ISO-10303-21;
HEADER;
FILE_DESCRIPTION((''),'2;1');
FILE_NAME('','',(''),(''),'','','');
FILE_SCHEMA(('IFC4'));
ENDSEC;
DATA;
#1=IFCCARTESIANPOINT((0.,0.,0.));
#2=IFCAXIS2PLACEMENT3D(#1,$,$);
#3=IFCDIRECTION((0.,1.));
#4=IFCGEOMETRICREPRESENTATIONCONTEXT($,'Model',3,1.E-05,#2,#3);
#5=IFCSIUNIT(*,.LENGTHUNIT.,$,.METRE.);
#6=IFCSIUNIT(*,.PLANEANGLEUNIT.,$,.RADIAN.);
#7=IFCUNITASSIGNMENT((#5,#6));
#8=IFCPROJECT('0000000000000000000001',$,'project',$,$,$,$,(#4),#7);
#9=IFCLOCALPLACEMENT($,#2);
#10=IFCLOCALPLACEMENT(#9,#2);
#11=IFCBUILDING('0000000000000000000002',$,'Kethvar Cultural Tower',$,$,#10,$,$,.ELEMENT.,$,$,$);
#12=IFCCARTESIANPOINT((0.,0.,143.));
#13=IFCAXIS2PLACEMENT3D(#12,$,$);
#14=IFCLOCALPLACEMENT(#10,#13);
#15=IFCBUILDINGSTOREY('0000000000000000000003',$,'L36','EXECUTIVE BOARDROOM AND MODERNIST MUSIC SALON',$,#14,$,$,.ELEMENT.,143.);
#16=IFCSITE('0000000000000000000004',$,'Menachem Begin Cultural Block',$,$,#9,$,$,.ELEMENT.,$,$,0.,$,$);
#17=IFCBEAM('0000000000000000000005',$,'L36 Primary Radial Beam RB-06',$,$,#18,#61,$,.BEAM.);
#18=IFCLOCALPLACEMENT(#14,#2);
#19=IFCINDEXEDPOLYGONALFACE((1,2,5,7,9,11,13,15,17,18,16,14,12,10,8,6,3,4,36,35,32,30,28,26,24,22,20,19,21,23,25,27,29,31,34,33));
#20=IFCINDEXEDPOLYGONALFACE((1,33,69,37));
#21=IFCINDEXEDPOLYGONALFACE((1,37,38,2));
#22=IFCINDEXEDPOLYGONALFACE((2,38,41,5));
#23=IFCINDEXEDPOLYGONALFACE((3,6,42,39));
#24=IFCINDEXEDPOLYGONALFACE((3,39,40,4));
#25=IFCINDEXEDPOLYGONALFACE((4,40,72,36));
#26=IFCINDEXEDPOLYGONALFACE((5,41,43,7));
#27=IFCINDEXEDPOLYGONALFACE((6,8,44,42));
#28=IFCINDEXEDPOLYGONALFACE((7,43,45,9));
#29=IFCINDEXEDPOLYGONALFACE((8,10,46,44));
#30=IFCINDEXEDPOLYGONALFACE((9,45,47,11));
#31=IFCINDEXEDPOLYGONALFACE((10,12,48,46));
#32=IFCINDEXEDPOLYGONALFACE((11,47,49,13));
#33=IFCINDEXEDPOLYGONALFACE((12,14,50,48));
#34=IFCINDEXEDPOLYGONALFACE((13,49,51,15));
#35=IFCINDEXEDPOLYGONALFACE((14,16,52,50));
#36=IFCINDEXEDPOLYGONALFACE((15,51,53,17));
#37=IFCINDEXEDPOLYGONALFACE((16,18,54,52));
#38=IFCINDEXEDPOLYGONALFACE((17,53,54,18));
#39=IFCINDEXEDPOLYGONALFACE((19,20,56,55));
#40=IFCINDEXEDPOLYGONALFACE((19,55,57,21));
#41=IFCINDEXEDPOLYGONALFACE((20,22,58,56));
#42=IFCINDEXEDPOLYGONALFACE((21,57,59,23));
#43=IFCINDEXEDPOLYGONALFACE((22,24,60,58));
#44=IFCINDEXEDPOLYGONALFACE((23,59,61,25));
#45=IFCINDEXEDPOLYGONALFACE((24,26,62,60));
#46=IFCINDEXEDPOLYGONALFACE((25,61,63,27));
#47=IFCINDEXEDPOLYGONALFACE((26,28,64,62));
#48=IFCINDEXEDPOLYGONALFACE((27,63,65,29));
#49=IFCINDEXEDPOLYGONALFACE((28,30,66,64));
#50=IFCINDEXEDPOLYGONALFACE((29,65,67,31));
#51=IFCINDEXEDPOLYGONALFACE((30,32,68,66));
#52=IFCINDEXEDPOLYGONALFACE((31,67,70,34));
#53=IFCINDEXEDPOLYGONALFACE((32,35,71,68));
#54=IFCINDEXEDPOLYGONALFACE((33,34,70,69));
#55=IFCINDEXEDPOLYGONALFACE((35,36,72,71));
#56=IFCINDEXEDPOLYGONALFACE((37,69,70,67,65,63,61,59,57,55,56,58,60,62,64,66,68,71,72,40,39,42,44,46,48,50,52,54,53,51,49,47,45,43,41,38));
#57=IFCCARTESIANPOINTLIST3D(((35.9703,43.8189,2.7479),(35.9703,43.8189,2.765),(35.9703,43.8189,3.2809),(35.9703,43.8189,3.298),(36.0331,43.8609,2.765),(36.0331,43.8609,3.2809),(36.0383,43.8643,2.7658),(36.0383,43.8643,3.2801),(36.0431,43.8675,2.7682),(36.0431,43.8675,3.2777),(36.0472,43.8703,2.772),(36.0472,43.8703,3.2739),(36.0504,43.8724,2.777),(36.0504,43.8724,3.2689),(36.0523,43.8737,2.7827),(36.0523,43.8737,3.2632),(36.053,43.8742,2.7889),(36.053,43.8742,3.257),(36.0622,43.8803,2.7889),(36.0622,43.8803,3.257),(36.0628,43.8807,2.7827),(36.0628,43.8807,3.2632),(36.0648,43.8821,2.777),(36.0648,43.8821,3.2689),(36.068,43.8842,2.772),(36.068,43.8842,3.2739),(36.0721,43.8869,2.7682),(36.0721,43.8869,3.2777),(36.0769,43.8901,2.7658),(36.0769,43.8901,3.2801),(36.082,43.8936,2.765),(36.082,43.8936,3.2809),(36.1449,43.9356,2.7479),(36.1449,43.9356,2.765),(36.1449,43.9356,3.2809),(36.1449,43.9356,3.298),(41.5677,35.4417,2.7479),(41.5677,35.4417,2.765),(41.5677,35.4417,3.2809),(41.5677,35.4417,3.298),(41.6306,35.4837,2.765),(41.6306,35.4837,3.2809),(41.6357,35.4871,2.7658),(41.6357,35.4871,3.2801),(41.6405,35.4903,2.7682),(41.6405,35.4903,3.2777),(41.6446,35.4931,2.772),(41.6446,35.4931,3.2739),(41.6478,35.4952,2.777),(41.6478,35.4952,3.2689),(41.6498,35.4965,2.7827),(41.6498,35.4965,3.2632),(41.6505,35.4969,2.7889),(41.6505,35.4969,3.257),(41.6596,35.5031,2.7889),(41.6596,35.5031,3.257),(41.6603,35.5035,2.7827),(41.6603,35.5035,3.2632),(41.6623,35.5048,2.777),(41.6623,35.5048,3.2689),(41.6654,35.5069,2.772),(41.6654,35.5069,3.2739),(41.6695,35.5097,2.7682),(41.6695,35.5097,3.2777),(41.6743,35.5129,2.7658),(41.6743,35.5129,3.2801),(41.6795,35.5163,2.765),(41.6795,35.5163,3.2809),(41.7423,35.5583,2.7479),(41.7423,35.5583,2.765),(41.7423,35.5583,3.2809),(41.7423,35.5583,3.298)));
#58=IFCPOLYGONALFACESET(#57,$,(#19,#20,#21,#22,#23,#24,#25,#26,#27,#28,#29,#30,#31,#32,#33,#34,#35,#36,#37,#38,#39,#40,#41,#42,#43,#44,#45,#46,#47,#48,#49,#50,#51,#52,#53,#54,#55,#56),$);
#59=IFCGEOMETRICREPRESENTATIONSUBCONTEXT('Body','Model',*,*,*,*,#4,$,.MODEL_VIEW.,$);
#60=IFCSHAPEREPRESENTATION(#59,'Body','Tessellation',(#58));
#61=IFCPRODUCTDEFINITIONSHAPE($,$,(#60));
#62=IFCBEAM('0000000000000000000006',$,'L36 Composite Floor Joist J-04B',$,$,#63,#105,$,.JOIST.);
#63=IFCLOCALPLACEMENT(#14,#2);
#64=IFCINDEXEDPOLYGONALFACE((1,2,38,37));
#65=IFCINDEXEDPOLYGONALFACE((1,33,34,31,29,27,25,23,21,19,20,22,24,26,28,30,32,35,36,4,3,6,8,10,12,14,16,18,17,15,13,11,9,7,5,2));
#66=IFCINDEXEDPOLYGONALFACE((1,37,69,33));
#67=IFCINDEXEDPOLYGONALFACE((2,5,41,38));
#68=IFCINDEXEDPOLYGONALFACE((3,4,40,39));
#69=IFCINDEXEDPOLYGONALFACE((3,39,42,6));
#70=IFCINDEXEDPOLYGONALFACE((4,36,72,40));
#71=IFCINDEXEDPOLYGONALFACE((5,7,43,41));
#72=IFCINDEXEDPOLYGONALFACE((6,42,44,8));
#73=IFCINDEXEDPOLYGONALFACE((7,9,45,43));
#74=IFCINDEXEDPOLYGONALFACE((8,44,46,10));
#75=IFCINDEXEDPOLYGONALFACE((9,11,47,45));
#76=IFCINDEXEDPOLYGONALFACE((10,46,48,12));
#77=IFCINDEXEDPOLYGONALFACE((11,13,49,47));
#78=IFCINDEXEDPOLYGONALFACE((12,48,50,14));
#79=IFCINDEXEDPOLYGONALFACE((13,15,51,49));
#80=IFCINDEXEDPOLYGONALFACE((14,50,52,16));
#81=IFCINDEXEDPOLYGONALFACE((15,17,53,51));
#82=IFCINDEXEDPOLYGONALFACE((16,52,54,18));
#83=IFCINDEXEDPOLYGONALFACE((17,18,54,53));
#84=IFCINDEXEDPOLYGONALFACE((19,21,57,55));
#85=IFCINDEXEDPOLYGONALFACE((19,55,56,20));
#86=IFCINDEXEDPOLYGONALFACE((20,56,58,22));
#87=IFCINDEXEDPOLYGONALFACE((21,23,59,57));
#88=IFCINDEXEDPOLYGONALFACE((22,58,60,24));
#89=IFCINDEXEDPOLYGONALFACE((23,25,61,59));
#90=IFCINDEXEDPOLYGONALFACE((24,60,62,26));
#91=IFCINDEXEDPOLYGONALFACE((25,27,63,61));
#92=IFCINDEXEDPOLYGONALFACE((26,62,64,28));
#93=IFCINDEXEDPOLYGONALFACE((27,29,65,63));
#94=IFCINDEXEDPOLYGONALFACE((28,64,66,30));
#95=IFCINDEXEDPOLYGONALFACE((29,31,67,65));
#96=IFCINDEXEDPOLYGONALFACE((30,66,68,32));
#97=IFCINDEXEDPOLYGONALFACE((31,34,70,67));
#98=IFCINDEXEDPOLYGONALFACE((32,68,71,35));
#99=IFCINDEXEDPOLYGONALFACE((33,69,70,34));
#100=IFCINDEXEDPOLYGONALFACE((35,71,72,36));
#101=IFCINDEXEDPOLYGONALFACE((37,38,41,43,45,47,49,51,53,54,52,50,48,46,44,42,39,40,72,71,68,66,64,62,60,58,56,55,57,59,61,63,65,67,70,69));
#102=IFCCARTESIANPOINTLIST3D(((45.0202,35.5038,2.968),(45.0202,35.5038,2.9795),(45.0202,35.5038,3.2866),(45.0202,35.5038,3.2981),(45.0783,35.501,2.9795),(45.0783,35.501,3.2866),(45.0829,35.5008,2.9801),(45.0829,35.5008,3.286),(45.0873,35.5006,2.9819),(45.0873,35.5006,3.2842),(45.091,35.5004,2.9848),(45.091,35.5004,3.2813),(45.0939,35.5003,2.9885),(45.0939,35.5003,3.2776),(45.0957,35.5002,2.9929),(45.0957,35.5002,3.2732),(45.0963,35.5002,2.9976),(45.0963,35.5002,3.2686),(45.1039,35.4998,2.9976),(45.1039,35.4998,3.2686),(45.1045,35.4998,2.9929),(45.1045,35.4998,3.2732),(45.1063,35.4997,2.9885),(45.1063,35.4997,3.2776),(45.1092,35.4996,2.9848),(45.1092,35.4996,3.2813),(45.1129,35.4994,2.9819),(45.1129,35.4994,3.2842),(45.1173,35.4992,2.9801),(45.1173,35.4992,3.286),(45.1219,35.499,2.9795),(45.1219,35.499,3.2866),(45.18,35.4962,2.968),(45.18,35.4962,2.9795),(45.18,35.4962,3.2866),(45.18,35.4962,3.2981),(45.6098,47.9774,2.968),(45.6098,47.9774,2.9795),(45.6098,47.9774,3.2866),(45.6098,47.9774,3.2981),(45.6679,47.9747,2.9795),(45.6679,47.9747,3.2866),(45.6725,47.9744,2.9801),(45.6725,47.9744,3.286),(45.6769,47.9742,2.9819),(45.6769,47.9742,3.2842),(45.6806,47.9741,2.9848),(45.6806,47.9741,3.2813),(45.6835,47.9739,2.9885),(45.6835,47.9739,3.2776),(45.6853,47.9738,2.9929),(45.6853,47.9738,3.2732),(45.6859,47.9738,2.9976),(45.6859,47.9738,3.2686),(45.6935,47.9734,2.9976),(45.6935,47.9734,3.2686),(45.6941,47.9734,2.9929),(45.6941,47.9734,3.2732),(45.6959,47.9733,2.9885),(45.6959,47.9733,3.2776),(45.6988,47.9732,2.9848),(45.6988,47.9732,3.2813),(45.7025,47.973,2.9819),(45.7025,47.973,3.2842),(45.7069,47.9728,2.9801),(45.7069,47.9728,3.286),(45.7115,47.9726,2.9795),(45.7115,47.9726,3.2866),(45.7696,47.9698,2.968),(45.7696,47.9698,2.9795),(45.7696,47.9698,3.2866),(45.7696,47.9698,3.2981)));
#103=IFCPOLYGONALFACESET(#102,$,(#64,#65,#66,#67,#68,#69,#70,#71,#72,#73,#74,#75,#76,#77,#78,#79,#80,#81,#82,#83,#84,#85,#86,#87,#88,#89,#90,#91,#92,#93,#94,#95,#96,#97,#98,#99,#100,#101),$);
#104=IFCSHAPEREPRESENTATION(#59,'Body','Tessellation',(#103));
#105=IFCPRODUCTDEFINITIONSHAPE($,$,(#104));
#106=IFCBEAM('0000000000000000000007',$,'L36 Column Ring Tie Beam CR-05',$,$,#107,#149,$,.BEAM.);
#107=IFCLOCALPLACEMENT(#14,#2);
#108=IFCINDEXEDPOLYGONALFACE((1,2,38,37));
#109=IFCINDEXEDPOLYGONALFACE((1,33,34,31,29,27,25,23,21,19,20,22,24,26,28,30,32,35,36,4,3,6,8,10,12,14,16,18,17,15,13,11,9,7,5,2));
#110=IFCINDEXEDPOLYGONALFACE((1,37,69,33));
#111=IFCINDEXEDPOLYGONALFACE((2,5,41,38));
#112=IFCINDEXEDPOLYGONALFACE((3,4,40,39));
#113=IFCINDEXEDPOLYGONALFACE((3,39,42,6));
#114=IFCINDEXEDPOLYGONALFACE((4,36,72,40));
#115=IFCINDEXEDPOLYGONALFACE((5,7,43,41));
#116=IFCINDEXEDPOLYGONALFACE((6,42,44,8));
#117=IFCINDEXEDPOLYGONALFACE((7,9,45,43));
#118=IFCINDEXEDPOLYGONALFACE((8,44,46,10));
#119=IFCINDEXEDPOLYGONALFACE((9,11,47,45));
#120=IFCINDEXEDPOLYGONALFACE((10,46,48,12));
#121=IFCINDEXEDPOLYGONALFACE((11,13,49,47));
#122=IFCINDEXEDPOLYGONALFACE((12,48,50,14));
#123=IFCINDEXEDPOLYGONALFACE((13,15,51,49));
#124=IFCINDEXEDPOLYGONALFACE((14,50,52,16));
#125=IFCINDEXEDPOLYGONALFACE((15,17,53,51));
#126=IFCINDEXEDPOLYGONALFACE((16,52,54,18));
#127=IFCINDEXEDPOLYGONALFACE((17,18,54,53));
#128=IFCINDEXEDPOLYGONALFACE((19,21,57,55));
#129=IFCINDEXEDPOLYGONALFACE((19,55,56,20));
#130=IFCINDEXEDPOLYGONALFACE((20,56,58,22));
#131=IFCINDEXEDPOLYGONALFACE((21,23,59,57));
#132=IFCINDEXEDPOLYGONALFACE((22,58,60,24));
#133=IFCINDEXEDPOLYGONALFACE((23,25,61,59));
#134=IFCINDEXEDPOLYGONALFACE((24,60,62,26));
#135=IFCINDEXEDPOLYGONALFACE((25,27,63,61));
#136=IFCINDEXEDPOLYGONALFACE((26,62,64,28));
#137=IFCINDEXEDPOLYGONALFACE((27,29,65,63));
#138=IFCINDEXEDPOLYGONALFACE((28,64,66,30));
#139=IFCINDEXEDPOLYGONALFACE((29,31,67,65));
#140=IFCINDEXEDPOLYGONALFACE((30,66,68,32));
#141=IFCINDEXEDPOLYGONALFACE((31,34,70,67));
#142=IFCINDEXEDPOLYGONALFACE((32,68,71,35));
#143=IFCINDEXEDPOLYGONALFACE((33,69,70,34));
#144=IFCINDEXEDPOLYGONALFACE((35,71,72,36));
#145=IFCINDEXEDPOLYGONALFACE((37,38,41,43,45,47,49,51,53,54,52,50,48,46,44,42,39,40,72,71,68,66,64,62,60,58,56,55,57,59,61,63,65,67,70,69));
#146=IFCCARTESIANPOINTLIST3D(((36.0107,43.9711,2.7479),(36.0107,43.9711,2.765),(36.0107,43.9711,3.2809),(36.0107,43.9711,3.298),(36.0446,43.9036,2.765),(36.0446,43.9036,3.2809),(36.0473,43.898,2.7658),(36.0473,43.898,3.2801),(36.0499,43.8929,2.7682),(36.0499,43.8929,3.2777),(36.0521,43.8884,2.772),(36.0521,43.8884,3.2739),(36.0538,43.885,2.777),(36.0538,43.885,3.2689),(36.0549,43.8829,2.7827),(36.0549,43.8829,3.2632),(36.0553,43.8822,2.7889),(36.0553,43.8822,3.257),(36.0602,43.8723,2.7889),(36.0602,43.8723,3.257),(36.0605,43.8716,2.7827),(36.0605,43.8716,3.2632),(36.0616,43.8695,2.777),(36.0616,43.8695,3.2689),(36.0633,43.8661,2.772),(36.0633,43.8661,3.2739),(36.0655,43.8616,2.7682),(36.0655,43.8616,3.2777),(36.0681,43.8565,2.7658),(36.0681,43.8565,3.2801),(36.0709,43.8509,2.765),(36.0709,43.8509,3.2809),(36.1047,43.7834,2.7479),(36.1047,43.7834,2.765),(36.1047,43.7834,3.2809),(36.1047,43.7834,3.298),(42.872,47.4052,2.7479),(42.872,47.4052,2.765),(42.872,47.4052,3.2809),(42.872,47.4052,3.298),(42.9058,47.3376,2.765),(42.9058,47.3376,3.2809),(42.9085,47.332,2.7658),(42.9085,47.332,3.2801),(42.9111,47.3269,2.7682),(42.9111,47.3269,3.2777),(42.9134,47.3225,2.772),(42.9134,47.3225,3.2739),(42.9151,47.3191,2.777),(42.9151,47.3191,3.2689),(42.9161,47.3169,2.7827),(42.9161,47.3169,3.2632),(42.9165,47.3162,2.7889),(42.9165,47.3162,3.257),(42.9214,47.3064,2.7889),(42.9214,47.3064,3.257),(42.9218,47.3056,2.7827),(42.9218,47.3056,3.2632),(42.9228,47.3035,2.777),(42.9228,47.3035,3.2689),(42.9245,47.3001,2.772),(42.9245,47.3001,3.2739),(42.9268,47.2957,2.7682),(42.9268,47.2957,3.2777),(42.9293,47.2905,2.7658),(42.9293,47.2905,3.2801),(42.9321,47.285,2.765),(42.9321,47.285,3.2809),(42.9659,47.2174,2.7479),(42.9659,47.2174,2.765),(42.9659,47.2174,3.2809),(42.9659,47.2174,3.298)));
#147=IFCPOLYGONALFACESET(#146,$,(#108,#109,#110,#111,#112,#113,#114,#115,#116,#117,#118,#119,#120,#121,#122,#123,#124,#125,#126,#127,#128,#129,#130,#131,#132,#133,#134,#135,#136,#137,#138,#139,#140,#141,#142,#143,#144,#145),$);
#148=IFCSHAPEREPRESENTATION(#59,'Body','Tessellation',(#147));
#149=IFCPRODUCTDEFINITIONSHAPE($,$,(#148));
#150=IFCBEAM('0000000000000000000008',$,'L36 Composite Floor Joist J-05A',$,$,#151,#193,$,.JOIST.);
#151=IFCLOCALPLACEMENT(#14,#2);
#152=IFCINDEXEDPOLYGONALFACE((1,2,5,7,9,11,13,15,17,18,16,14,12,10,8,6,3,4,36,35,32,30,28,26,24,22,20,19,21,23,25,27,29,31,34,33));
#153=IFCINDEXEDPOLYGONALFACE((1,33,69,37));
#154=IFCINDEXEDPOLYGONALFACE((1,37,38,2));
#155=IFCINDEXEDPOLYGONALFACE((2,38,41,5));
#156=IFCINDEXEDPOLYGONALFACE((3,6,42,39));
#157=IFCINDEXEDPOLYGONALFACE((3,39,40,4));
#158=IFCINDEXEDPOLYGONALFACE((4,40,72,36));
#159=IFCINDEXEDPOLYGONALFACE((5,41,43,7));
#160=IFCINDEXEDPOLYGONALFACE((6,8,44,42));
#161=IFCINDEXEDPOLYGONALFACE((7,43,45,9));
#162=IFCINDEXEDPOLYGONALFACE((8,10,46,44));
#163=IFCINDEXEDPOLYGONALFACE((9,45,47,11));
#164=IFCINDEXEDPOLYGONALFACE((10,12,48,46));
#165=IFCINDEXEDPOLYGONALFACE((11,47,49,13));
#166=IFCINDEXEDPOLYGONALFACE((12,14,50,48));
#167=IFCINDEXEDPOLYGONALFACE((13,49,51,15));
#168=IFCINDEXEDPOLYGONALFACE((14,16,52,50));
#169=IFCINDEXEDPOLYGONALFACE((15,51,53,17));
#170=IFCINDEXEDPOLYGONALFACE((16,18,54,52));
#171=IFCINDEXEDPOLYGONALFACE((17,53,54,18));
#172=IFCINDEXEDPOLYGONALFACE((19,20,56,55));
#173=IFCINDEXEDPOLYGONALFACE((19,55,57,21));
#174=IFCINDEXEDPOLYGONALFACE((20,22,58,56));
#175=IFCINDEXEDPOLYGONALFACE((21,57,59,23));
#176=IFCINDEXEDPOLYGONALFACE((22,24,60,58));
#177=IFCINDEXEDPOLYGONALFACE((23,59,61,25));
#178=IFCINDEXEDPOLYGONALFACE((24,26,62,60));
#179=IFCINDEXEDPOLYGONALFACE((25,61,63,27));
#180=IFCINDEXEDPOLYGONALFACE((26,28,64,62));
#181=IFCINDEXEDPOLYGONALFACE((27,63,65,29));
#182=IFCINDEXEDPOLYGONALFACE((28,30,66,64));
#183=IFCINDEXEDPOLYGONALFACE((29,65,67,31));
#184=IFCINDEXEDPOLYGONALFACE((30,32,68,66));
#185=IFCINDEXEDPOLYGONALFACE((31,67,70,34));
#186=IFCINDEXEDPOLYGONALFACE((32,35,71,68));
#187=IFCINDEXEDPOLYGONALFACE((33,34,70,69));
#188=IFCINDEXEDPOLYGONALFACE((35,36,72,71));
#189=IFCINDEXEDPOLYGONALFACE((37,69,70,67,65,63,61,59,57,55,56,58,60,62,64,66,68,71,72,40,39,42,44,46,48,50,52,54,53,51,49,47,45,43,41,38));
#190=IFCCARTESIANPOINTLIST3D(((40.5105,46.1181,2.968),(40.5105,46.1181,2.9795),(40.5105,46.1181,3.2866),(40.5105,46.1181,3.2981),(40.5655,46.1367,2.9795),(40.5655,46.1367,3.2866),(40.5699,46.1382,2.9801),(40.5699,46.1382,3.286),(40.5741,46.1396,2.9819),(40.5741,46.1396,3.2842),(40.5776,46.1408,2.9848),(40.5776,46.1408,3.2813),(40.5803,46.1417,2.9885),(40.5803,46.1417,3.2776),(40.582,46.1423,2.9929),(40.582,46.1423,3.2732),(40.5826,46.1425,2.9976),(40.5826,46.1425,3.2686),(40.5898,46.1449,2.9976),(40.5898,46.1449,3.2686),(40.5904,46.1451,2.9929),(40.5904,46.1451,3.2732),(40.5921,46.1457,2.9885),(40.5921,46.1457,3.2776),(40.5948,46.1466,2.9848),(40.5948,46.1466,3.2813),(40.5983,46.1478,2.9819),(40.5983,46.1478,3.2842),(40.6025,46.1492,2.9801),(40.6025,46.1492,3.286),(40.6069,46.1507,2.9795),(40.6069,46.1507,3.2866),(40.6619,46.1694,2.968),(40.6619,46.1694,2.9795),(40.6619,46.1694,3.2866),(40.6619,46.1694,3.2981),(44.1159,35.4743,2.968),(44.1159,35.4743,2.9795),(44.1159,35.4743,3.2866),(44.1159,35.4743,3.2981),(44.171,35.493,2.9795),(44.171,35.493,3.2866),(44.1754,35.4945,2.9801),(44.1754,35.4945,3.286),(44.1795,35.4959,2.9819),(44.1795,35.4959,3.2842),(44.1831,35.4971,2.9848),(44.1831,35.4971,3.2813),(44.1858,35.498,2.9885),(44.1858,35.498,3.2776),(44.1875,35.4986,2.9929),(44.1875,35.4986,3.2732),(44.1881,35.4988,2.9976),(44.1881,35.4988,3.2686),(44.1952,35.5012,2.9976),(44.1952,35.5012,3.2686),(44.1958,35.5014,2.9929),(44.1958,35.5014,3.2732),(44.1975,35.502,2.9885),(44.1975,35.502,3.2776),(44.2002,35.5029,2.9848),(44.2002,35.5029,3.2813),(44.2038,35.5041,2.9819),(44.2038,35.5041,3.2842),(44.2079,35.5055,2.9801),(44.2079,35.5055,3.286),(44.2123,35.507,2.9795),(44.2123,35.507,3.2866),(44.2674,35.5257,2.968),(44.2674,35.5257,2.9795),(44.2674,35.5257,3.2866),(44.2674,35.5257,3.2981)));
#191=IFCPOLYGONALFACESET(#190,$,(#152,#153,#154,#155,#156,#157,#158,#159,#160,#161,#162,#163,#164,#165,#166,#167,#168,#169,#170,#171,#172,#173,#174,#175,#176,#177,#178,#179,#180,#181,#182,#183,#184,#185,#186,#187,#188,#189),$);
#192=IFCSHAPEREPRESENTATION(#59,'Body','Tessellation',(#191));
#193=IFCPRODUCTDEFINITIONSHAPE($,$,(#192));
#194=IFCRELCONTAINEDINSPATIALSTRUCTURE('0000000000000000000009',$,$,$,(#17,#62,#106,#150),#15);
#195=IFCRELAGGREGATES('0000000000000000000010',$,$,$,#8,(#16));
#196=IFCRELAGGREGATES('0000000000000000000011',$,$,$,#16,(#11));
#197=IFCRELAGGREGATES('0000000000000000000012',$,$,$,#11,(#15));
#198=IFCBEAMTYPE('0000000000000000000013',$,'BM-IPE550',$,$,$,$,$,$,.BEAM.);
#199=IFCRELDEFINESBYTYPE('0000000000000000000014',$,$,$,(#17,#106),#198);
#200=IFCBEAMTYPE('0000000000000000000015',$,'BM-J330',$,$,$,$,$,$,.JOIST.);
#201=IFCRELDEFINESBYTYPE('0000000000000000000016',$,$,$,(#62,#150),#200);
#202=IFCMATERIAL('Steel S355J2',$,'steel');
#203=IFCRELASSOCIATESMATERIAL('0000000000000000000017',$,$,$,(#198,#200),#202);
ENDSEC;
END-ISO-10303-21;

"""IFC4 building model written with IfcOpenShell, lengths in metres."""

from ifc_helpers import new_model, si_unit, direction, frame, origin, origin_2d, place, context, subcontext, project, spatial, i_section, extrude, source, transform, mapped, material, material_profile, profile_set, type_object, element, save


model = new_model("IFC4")

# Units and contexts
model_context = context("Model", 3, precision=1e-05, world=origin(), true_north=direction((0.0, 1.0)))
body_context = subcontext(model_context, "Body", "Model", "MODEL_VIEW")
ifc_project = project(units=[si_unit("LENGTHUNIT", "METRE"), si_unit("PLANEANGLEUNIT", "RADIAN")], contexts=[model_context])

# Site, building, storey
site_placement = place(None, origin())
site = spatial("IfcSite", under=ifc_project, at=site_placement, Name="Menachem Begin Cultural Block", CompositionType="ELEMENT", RefElevation=0.0)
building_placement = place(site_placement, origin())
building = spatial("IfcBuilding", under=site, at=building_placement, Name="Kethvar Cultural Tower", CompositionType="ELEMENT")
storey_placement = place(building_placement, frame((0.0, 0.0, 143.0)))
storey = spatial("IfcBuildingStorey", under=building, at=storey_placement, Name="L36", Description="EXECUTIVE BOARDROOM AND MODERNIST MUSIC SALON", CompositionType="ELEMENT", Elevation=143.0)

# Beams
ifc_material_1 = material(Name="Steel S355J2", Category="steel")
ifc_material_profile_1 = material_profile(ifc_material_1, i_section(OverallWidth=0.21, OverallDepth=0.55, WebThickness=0.011, FlangeThickness=0.0171, FilletRadius=0.0239, at=origin_2d()), Name="Steel S355J2 — IPE550")
ifc_profile_set_1 = profile_set([ifc_material_profile_1], Name="Steel S355J2 — IPE550")
beam_type_1 = type_object("IfcBeamType", Name="BM-IPE550", PredefinedType="BEAM", material=ifc_profile_set_1)
shared_shape_1 = source(origin(), body_context, "Body", "SweptSolid", [
    extrude(i_section(OverallWidth=0.21, OverallDepth=0.55, WebThickness=0.011, FlangeThickness=0.0171, FilletRadius=0.0239, at=origin_2d()), origin(), (0.0, 0.0, 1.0), 10.0752),
])
beam_1_placement = place(storey_placement, frame((41.655, 35.5, 3.0229), z_axis=(-0.555567, 0.831472, 0.0), x_axis=(-0.831472, -0.555567, 0.0)))
element("IfcBeam", 1, at=beam_1_placement, inside=storey, type_object=beam_type_1, Name="L36 Primary Radial Beam RB-06", PredefinedType="BEAM", context=body_context, shape_type="MappedRepresentation", body=[
    mapped(shared_shape_1, transform((0.0, 0.0, 0.0), scale=1.0)),
])
ifc_material_profile_2 = material_profile(ifc_material_1, i_section(OverallWidth=0.1599, OverallDepth=0.3301, WebThickness=0.0076, FlangeThickness=0.0115, FilletRadius=0.0181, at=origin_2d()), Name="Steel S355J2 — IPE330")
ifc_profile_set_2 = profile_set([ifc_material_profile_2], Name="Steel S355J2 — IPE330")
beam_type_2 = type_object("IfcBeamType", Name="BM-J330", PredefinedType="JOIST", material=ifc_profile_set_2)
shared_shape_2 = source(origin(), body_context, "Body", "SweptSolid", [
    extrude(i_section(OverallWidth=0.1599, OverallDepth=0.3301, WebThickness=0.0076, FlangeThickness=0.0115, FilletRadius=0.0181, at=origin_2d()), origin(), (0.0, 0.0, 1.0), 12.4875),
])
beam_2_placement = place(storey_placement, frame((45.1001, 35.5, 3.1331), z_axis=(0.047215, 0.998885, 0.0), x_axis=(-0.998885, 0.047215, 0.0)))
element("IfcBeam", 2, at=beam_2_placement, inside=storey, type_object=beam_type_2, Name="L36 Composite Floor Joist J-04B", PredefinedType="JOIST", context=body_context, shape_type="MappedRepresentation", body=[
    mapped(shared_shape_2, transform((0.0, 0.0, 0.0), scale=1.0)),
])
shared_shape_3 = source(origin(), body_context, "Body", "SweptSolid", [
    extrude(i_section(OverallWidth=0.21, OverallDepth=0.55, WebThickness=0.011, FlangeThickness=0.0171, FilletRadius=0.0239, at=origin_2d()), origin(), (0.0, 0.0, 1.0), 7.6726),
])
beam_3_placement = place(storey_placement, frame((42.9189, 47.3113, 3.0229), z_axis=(-0.894249, -0.44757, 0.0), x_axis=(0.44757, -0.894249, 0.0)))
element("IfcBeam", 3, at=beam_3_placement, inside=storey, type_object=beam_type_1, Name="L36 Column Ring Tie Beam CR-05", PredefinedType="BEAM", context=body_context, shape_type="MappedRepresentation", body=[
    mapped(shared_shape_3, transform((0.0, 0.0, 0.0), scale=1.0)),
])
shared_shape_4 = source(origin(), body_context, "Body", "SweptSolid", [
    extrude(i_section(OverallWidth=0.1599, OverallDepth=0.3301, WebThickness=0.0076, FlangeThickness=0.0115, FilletRadius=0.0181, at=origin_2d()), origin(), (0.0, 0.0, 1.0), 11.2378),
])
beam_4_placement = place(storey_placement, frame((44.1917, 35.5, 3.1331), z_axis=(-0.320832, 0.947136, 0.0), x_axis=(-0.947136, -0.320832, 0.0)))
element("IfcBeam", 4, at=beam_4_placement, inside=storey, type_object=beam_type_2, Name="L36 Composite Floor Joist J-05A", PredefinedType="JOIST", context=body_context, shape_type="MappedRepresentation", body=[
    mapped(shared_shape_4, transform((0.0, 0.0, 0.0), scale=1.0)),
])

save(model, "model.ifc")
